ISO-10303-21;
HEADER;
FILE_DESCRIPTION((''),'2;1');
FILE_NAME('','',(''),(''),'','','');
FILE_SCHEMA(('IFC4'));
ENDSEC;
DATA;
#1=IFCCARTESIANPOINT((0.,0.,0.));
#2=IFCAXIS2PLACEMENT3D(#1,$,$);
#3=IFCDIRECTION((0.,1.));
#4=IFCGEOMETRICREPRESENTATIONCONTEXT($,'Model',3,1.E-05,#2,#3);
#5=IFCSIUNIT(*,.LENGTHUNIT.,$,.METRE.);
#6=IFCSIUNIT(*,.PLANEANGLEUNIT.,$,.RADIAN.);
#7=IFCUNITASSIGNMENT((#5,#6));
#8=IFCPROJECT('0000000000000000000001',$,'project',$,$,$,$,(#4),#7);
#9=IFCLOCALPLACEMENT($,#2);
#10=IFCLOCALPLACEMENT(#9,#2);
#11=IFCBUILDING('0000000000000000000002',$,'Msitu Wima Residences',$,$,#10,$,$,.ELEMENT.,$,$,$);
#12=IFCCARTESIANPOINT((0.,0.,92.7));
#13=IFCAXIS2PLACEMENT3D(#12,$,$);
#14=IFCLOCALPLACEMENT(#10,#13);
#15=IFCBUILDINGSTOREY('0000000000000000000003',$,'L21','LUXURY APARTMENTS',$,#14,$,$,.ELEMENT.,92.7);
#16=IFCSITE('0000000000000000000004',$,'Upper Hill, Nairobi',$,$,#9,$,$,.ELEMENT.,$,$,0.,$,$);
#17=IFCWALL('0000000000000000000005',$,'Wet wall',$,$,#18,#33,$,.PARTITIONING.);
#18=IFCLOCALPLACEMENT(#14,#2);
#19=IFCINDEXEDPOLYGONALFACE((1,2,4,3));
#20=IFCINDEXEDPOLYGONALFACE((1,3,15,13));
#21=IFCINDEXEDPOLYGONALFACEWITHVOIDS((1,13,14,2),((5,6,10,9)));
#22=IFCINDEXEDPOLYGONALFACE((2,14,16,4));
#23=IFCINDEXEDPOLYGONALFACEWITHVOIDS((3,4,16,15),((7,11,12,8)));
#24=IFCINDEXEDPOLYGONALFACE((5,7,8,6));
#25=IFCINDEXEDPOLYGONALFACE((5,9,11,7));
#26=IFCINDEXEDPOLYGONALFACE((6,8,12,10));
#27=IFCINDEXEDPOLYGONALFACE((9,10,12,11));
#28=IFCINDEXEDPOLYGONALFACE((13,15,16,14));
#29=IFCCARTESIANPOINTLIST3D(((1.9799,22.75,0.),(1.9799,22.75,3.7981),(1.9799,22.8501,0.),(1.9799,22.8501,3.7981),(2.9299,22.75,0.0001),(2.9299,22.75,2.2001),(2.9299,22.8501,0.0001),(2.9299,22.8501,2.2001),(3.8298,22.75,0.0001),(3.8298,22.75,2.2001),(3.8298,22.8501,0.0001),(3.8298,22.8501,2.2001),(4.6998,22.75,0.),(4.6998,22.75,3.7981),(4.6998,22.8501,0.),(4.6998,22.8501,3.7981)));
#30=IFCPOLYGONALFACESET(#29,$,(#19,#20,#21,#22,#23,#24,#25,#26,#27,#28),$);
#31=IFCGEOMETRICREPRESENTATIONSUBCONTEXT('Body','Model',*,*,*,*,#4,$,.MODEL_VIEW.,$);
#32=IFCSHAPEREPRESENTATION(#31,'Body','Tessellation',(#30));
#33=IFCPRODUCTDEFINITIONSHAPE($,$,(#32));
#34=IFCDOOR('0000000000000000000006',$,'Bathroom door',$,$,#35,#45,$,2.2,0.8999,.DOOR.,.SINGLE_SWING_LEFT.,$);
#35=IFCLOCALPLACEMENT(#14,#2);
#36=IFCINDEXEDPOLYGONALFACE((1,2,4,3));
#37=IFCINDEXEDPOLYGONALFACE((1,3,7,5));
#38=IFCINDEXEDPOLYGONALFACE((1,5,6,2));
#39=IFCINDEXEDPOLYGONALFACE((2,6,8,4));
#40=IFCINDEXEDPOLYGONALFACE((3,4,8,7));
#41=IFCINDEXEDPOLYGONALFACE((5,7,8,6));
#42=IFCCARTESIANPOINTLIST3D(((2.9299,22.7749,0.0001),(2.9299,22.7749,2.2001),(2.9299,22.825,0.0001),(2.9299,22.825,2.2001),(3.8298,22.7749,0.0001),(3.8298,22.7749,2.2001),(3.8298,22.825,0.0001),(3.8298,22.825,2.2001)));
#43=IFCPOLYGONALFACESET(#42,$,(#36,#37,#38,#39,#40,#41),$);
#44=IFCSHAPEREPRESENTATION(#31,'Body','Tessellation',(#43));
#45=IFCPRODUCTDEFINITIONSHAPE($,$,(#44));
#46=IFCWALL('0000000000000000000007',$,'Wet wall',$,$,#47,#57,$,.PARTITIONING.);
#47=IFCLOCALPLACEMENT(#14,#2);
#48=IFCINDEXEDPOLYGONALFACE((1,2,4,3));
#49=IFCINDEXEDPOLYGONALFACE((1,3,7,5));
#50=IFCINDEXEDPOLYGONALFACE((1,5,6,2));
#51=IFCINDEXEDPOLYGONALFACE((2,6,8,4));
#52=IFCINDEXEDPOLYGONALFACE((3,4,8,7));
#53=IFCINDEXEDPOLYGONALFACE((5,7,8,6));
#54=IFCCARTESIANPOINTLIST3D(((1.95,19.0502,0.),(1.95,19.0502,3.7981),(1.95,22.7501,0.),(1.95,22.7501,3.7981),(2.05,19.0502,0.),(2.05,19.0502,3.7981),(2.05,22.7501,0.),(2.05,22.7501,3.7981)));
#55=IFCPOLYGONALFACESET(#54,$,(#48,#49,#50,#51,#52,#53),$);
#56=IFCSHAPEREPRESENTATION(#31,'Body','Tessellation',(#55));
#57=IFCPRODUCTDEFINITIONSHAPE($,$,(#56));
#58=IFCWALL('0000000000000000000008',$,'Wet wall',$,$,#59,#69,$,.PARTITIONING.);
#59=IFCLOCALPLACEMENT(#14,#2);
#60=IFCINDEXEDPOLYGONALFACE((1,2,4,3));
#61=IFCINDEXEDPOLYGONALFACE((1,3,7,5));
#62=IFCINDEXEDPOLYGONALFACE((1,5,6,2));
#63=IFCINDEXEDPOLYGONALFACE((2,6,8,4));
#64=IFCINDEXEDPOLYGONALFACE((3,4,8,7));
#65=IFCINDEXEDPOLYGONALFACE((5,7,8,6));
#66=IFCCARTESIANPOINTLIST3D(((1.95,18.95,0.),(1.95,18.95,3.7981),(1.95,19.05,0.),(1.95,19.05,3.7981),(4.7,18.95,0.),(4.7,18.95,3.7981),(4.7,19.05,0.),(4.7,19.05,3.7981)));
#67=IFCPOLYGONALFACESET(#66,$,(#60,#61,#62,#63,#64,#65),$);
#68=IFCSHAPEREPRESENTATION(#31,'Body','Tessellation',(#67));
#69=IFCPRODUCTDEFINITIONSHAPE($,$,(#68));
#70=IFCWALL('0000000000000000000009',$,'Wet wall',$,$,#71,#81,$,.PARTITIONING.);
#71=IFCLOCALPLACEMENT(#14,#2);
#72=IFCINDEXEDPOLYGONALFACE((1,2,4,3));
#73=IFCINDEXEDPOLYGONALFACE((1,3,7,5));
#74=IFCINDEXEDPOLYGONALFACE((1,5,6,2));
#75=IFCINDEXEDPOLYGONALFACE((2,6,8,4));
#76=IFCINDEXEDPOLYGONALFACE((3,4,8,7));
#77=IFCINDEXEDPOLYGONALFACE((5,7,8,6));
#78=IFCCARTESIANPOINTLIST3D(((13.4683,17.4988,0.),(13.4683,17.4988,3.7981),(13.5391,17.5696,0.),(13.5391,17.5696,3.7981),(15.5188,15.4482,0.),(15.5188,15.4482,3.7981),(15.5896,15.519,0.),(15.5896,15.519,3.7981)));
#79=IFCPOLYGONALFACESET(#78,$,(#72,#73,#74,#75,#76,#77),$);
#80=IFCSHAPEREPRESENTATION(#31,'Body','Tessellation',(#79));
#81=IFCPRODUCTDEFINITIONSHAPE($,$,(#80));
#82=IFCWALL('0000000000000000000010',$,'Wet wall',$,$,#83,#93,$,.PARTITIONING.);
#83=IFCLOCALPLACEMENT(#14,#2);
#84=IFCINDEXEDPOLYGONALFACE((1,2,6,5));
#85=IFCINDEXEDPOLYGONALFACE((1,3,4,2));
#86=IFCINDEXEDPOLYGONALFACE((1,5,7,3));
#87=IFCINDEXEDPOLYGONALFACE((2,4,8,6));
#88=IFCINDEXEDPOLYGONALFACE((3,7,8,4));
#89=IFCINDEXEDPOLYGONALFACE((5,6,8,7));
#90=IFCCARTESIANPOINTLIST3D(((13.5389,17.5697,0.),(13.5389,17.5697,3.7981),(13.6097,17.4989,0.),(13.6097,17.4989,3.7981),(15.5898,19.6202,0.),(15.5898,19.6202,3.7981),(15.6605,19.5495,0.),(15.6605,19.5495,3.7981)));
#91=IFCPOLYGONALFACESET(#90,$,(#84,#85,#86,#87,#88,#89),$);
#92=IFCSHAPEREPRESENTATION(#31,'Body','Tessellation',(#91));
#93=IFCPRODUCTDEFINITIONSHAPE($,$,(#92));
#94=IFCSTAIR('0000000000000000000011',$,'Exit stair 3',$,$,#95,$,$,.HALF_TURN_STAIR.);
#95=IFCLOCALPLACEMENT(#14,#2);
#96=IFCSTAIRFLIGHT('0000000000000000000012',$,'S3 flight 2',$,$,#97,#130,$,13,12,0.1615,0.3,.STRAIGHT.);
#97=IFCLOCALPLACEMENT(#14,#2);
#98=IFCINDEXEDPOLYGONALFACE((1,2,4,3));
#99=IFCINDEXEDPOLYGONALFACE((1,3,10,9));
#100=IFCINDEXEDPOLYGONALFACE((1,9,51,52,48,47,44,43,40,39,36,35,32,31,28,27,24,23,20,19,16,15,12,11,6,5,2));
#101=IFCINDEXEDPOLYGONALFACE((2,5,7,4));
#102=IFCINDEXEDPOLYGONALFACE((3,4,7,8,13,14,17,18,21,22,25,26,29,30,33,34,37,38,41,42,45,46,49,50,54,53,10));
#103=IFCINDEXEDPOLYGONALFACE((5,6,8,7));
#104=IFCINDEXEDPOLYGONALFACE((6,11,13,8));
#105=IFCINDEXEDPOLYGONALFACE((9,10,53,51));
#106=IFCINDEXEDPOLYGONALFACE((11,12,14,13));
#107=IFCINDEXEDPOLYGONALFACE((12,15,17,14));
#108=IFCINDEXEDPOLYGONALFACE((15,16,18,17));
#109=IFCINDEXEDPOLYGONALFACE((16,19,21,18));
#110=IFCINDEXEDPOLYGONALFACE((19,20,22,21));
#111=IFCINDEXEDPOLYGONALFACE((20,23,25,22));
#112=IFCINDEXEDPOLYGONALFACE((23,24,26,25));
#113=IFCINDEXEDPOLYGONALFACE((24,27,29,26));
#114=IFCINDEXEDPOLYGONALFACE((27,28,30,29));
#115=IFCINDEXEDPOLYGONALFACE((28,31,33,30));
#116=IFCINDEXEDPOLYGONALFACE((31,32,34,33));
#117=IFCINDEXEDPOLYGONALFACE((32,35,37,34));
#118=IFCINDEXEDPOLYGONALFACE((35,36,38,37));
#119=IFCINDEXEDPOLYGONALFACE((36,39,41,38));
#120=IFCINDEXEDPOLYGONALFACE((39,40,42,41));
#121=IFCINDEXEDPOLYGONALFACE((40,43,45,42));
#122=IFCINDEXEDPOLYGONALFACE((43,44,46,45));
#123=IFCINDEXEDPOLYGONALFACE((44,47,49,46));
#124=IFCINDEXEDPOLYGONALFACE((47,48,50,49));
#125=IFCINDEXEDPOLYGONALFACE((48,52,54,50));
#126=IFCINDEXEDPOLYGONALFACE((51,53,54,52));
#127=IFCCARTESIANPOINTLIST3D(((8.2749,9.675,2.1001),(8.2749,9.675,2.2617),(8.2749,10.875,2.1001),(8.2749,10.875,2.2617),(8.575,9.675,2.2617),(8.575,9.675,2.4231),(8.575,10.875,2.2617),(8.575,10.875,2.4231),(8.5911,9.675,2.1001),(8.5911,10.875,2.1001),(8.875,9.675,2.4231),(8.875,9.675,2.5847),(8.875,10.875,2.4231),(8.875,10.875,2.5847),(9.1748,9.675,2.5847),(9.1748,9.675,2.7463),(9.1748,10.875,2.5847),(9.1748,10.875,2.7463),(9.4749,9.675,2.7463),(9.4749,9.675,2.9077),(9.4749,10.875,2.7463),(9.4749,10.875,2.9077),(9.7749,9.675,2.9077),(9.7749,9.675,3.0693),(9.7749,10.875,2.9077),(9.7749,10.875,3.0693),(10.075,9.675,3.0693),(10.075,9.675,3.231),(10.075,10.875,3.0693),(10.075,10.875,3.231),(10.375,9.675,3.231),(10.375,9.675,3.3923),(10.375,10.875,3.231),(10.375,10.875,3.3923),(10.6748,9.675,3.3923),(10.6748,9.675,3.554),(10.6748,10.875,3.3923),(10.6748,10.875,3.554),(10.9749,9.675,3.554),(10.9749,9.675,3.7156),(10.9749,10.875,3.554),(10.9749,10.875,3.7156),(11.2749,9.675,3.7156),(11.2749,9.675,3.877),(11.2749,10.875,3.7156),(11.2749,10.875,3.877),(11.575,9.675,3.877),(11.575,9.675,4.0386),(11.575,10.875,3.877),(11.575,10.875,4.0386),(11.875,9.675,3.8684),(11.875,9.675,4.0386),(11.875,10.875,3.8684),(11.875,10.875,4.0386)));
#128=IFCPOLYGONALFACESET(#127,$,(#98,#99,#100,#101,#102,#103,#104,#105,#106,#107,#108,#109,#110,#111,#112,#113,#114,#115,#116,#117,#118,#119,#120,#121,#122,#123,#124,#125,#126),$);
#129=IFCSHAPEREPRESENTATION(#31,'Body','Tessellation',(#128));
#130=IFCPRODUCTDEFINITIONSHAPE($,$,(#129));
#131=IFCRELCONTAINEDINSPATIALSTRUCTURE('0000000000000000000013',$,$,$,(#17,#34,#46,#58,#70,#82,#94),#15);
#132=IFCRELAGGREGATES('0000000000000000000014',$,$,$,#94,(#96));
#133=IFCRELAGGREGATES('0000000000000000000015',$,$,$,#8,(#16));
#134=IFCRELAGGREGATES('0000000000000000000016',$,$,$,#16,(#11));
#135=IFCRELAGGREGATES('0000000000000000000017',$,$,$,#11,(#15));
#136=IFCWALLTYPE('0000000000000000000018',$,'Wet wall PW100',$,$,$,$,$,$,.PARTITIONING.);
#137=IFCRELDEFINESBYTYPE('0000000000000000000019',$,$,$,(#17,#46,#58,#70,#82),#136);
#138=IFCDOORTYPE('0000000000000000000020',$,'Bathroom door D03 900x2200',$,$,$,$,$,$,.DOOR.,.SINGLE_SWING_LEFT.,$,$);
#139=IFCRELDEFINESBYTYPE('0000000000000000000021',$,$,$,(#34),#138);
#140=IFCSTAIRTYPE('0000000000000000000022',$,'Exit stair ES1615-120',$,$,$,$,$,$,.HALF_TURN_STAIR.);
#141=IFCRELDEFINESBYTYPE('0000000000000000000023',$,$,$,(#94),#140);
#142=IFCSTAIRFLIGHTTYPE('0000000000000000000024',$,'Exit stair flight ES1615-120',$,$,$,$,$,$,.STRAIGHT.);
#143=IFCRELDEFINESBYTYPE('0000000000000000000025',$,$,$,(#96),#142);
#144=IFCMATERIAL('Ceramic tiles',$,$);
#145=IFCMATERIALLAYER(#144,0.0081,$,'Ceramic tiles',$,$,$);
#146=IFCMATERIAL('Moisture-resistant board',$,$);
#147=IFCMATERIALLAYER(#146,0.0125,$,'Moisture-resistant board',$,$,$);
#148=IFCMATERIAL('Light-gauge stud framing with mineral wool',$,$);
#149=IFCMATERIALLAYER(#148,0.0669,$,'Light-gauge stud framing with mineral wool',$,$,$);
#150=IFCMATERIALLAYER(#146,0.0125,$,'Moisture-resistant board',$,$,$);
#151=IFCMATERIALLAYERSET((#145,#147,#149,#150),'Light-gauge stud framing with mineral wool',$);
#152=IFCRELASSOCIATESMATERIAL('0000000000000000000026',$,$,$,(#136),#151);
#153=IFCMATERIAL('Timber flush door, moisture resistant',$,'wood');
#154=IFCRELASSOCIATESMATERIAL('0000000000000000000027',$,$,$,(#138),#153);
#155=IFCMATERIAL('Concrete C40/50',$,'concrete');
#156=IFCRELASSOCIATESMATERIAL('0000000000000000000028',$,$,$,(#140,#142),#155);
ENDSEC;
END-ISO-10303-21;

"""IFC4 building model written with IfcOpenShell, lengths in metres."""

from ifc_helpers import new_model, si_unit, direction, frame, frame_2d, origin, place, context, subcontext, project, spatial, polyline, rectangle, outline, extrude, material, layer, layer_set, type_object, element, fill, aggregate, save


model = new_model("IFC4")

# Units and contexts
model_context = context("Model", 3, precision=1e-05, world=origin(), true_north=direction((0.0, 1.0)))
body_context = subcontext(model_context, "Body", "Model", "MODEL_VIEW")
ifc_project = project(units=[si_unit("LENGTHUNIT", "METRE"), si_unit("PLANEANGLEUNIT", "RADIAN")], contexts=[model_context])

# Site, building, storey
site_placement = place(None, origin())
site = spatial("IfcSite", under=ifc_project, at=site_placement, Name="Upper Hill, Nairobi", CompositionType="ELEMENT", RefElevation=0.0)
building_placement = place(site_placement, origin())
building = spatial("IfcBuilding", under=site, at=building_placement, Name="Msitu Wima Residences", CompositionType="ELEMENT")
storey_placement = place(building_placement, frame((0.0, 0.0, 92.7)))
storey = spatial("IfcBuildingStorey", under=building, at=storey_placement, Name="L21", Description="LUXURY APARTMENTS", CompositionType="ELEMENT", Elevation=92.7)

# Shared definitions
ifc_material_1 = material(Name="Concrete C40/50", Category="concrete")

# Shared definitions
ifc_material_2 = material(Name="Ceramic tiles")
ifc_layer_1 = layer(ifc_material_2, 0.0081, Name="Ceramic tiles")
ifc_material_3 = material(Name="Moisture-resistant board")
ifc_layer_2 = layer(ifc_material_3, 0.0125, Name="Moisture-resistant board")
ifc_material_4 = material(Name="Light-gauge stud framing with mineral wool")
ifc_layer_3 = layer(ifc_material_4, 0.0669, Name="Light-gauge stud framing with mineral wool")
ifc_layer_4 = layer(ifc_material_3, 0.0125, Name="Moisture-resistant board")
ifc_layer_set_1 = layer_set([ifc_layer_1, ifc_layer_2, ifc_layer_3, ifc_layer_4], Name="Light-gauge stud framing with mineral wool")
wall_type_1 = type_object("IfcWallType", Name="Wet wall PW100", PredefinedType="PARTITIONING", material=ifc_layer_set_1)

# Wall, opening, door
wall_1_placement = place(storey_placement, frame((1.98, 22.8, 0.0), z_axis=(0.0, 0.0, 1.0), x_axis=(1.0, 0.0, 0.0)))
wall_1 = element("IfcWall", 1, at=wall_1_placement, inside=storey, type_object=wall_type_1, Name="Wet wall", PredefinedType="PARTITIONING", context=body_context, shape_type="SweptSolid", body=[
    extrude(rectangle(XDim=2.72, YDim=0.1001, at=frame_2d((1.3599, 0.0))), origin(), (0.0, 0.0, 1.0), 3.7981),
])
opening_1_placement = place(wall_1_placement, frame((0.95, 0.0, 0.0)))
opening_1 = element("IfcOpeningElement", 2, at=opening_1_placement, cuts=wall_1, PredefinedType="OPENING", context=body_context, shape_type="SweptSolid", body=[
    extrude(rectangle(XDim=0.8999, YDim=2.2, at=frame_2d((0.45, 1.1001))), frame((0.0, 0.0601, 0.0), z_axis=(0.0, -1.0, 0.0), x_axis=(1.0, 0.0, 0.0)), (0.0, 0.0, 1.0), 0.1201),
])
ifc_material_5 = material(Name="Timber flush door, moisture resistant", Category="wood")
door_type_1 = type_object("IfcDoorType", Name="Bathroom door D03 900x2200", OperationType="SINGLE_SWING_LEFT", PredefinedType="DOOR", material=ifc_material_5)
door_1_placement = place(opening_1_placement, origin())
door_1 = element("IfcDoor", 3, at=door_1_placement, inside=storey, type_object=door_type_1, Name="Bathroom door", OperationType="SINGLE_SWING_LEFT", OverallHeight=2.2, OverallWidth=0.8999, PredefinedType="DOOR", context=body_context, shape_type="SweptSolid", body=[
    extrude(rectangle(XDim=0.8999, YDim=2.2, at=frame_2d((0.45, 1.1001))), frame((0.0, 0.0249, 0.0), z_axis=(0.0, -1.0, 0.0), x_axis=(1.0, 0.0, 0.0)), (0.0, 0.0, 1.0), 0.05),
])
fill(opening_1, door_1)

# Walls
wall_2_placement = place(storey_placement, frame((2.0, 19.05, 0.0), z_axis=(0.0, 0.0, 1.0), x_axis=(0.0, 1.0, 0.0)))
element("IfcWall", 4, at=wall_2_placement, inside=storey, type_object=wall_type_1, Name="Wet wall", PredefinedType="PARTITIONING", context=body_context, shape_type="SweptSolid", body=[
    extrude(rectangle(XDim=3.7, YDim=0.1001, at=frame_2d((1.8501, 0.0))), origin(), (0.0, 0.0, 1.0), 3.7981),
])
wall_3_placement = place(storey_placement, frame((1.95, 19.0, 0.0), z_axis=(0.0, 0.0, 1.0), x_axis=(1.0, 0.0, 0.0)))
element("IfcWall", 5, at=wall_3_placement, inside=storey, type_object=wall_type_1, Name="Wet wall", PredefinedType="PARTITIONING", context=body_context, shape_type="SweptSolid", body=[
    extrude(rectangle(XDim=2.75, YDim=0.1001, at=frame_2d((1.375, 0.0))), origin(), (0.0, 0.0, 1.0), 3.7981),
])
wall_4_placement = place(storey_placement, frame((13.5037, 17.5342, 0.0), z_axis=(0.0, 0.0, 1.0), x_axis=(0.707107, -0.707107, 0.0)))
element("IfcWall", 6, at=wall_4_placement, inside=storey, type_object=wall_type_1, Name="Wet wall", PredefinedType="PARTITIONING", context=body_context, shape_type="SweptSolid", body=[
    extrude(rectangle(XDim=2.8999, YDim=0.1001, at=frame_2d((1.45, 0.0))), origin(), (0.0, 0.0, 1.0), 3.7981),
])
wall_5_placement = place(storey_placement, frame((13.5742, 17.5342, 0.0), z_axis=(0.0, 0.0, 1.0), x_axis=(0.707149, 0.707065, 0.0)))
element("IfcWall", 7, at=wall_5_placement, inside=storey, type_object=wall_type_1, Name="Wet wall", PredefinedType="PARTITIONING", context=body_context, shape_type="SweptSolid", body=[
    extrude(rectangle(XDim=2.9001, YDim=0.1001, at=frame_2d((1.4502, 0.0))), origin(), (0.0, 0.0, 1.0), 3.7981),
])

# Stair, stair flight
stair_type = type_object("IfcStairType", Name="Exit stair ES1615-120", PredefinedType="HALF_TURN_STAIR", material=ifc_material_1)
stair_placement = place(storey_placement, origin())
stair = element("IfcStair", 8, at=stair_placement, inside=storey, type_object=stair_type, Name="Exit stair 3", PredefinedType="HALF_TURN_STAIR")
stair_flight_type = type_object("IfcStairFlightType", Name="Exit stair flight ES1615-120", PredefinedType="STRAIGHT", material=ifc_material_1)
stair_flight_placement = place(storey_placement, frame((8.2749, 10.2749, 2.1001), z_axis=(0.0, 0.0, 1.0), x_axis=(1.0, 0.0, 0.0)))
stair_flight = element("IfcStairFlight", 9, at=stair_flight_placement, type_object=stair_flight_type, Name="S3 flight 2", NumberOfRisers=13, NumberOfTreads=12, PredefinedType="STRAIGHT", RiserHeight=0.1615, TreadLength=0.3, context=body_context, shape_type="SweptSolid", body=[
    extrude(outline(polyline([(0.0, 0.0), (0.0, 0.1616), (0.3, 0.1616), (0.3, 0.323), (0.6001, 0.323), (0.6001, 0.4846), (0.8999, 0.4846), (0.8999, 0.6462), (1.2, 0.6462), (1.2, 0.8076), (1.5, 0.8076), (1.5, 0.9692), (1.8, 0.9692), (1.8, 1.1309), (2.1001, 1.1309), (2.1001, 1.2922), (2.3999, 1.2922), (2.3999, 1.4539), (2.7, 1.4539), (2.7, 1.6155), (3.0, 1.6155), (3.0, 1.7769), (3.3, 1.7769), (3.3, 1.9385), (3.6001, 1.9385), (3.6001, 2.1001), (3.6001, 1.7683), (0.3162, 0.0), (0.0, 0.0)])), frame((0.0, 0.6001, 0.0), z_axis=(0.0, -1.0, 0.0), x_axis=(1.0, 0.0, 0.0)), (0.0, 0.0, 1.0), 1.2),
])
aggregate(stair, [stair_flight])

save(model, "model.ifc")
